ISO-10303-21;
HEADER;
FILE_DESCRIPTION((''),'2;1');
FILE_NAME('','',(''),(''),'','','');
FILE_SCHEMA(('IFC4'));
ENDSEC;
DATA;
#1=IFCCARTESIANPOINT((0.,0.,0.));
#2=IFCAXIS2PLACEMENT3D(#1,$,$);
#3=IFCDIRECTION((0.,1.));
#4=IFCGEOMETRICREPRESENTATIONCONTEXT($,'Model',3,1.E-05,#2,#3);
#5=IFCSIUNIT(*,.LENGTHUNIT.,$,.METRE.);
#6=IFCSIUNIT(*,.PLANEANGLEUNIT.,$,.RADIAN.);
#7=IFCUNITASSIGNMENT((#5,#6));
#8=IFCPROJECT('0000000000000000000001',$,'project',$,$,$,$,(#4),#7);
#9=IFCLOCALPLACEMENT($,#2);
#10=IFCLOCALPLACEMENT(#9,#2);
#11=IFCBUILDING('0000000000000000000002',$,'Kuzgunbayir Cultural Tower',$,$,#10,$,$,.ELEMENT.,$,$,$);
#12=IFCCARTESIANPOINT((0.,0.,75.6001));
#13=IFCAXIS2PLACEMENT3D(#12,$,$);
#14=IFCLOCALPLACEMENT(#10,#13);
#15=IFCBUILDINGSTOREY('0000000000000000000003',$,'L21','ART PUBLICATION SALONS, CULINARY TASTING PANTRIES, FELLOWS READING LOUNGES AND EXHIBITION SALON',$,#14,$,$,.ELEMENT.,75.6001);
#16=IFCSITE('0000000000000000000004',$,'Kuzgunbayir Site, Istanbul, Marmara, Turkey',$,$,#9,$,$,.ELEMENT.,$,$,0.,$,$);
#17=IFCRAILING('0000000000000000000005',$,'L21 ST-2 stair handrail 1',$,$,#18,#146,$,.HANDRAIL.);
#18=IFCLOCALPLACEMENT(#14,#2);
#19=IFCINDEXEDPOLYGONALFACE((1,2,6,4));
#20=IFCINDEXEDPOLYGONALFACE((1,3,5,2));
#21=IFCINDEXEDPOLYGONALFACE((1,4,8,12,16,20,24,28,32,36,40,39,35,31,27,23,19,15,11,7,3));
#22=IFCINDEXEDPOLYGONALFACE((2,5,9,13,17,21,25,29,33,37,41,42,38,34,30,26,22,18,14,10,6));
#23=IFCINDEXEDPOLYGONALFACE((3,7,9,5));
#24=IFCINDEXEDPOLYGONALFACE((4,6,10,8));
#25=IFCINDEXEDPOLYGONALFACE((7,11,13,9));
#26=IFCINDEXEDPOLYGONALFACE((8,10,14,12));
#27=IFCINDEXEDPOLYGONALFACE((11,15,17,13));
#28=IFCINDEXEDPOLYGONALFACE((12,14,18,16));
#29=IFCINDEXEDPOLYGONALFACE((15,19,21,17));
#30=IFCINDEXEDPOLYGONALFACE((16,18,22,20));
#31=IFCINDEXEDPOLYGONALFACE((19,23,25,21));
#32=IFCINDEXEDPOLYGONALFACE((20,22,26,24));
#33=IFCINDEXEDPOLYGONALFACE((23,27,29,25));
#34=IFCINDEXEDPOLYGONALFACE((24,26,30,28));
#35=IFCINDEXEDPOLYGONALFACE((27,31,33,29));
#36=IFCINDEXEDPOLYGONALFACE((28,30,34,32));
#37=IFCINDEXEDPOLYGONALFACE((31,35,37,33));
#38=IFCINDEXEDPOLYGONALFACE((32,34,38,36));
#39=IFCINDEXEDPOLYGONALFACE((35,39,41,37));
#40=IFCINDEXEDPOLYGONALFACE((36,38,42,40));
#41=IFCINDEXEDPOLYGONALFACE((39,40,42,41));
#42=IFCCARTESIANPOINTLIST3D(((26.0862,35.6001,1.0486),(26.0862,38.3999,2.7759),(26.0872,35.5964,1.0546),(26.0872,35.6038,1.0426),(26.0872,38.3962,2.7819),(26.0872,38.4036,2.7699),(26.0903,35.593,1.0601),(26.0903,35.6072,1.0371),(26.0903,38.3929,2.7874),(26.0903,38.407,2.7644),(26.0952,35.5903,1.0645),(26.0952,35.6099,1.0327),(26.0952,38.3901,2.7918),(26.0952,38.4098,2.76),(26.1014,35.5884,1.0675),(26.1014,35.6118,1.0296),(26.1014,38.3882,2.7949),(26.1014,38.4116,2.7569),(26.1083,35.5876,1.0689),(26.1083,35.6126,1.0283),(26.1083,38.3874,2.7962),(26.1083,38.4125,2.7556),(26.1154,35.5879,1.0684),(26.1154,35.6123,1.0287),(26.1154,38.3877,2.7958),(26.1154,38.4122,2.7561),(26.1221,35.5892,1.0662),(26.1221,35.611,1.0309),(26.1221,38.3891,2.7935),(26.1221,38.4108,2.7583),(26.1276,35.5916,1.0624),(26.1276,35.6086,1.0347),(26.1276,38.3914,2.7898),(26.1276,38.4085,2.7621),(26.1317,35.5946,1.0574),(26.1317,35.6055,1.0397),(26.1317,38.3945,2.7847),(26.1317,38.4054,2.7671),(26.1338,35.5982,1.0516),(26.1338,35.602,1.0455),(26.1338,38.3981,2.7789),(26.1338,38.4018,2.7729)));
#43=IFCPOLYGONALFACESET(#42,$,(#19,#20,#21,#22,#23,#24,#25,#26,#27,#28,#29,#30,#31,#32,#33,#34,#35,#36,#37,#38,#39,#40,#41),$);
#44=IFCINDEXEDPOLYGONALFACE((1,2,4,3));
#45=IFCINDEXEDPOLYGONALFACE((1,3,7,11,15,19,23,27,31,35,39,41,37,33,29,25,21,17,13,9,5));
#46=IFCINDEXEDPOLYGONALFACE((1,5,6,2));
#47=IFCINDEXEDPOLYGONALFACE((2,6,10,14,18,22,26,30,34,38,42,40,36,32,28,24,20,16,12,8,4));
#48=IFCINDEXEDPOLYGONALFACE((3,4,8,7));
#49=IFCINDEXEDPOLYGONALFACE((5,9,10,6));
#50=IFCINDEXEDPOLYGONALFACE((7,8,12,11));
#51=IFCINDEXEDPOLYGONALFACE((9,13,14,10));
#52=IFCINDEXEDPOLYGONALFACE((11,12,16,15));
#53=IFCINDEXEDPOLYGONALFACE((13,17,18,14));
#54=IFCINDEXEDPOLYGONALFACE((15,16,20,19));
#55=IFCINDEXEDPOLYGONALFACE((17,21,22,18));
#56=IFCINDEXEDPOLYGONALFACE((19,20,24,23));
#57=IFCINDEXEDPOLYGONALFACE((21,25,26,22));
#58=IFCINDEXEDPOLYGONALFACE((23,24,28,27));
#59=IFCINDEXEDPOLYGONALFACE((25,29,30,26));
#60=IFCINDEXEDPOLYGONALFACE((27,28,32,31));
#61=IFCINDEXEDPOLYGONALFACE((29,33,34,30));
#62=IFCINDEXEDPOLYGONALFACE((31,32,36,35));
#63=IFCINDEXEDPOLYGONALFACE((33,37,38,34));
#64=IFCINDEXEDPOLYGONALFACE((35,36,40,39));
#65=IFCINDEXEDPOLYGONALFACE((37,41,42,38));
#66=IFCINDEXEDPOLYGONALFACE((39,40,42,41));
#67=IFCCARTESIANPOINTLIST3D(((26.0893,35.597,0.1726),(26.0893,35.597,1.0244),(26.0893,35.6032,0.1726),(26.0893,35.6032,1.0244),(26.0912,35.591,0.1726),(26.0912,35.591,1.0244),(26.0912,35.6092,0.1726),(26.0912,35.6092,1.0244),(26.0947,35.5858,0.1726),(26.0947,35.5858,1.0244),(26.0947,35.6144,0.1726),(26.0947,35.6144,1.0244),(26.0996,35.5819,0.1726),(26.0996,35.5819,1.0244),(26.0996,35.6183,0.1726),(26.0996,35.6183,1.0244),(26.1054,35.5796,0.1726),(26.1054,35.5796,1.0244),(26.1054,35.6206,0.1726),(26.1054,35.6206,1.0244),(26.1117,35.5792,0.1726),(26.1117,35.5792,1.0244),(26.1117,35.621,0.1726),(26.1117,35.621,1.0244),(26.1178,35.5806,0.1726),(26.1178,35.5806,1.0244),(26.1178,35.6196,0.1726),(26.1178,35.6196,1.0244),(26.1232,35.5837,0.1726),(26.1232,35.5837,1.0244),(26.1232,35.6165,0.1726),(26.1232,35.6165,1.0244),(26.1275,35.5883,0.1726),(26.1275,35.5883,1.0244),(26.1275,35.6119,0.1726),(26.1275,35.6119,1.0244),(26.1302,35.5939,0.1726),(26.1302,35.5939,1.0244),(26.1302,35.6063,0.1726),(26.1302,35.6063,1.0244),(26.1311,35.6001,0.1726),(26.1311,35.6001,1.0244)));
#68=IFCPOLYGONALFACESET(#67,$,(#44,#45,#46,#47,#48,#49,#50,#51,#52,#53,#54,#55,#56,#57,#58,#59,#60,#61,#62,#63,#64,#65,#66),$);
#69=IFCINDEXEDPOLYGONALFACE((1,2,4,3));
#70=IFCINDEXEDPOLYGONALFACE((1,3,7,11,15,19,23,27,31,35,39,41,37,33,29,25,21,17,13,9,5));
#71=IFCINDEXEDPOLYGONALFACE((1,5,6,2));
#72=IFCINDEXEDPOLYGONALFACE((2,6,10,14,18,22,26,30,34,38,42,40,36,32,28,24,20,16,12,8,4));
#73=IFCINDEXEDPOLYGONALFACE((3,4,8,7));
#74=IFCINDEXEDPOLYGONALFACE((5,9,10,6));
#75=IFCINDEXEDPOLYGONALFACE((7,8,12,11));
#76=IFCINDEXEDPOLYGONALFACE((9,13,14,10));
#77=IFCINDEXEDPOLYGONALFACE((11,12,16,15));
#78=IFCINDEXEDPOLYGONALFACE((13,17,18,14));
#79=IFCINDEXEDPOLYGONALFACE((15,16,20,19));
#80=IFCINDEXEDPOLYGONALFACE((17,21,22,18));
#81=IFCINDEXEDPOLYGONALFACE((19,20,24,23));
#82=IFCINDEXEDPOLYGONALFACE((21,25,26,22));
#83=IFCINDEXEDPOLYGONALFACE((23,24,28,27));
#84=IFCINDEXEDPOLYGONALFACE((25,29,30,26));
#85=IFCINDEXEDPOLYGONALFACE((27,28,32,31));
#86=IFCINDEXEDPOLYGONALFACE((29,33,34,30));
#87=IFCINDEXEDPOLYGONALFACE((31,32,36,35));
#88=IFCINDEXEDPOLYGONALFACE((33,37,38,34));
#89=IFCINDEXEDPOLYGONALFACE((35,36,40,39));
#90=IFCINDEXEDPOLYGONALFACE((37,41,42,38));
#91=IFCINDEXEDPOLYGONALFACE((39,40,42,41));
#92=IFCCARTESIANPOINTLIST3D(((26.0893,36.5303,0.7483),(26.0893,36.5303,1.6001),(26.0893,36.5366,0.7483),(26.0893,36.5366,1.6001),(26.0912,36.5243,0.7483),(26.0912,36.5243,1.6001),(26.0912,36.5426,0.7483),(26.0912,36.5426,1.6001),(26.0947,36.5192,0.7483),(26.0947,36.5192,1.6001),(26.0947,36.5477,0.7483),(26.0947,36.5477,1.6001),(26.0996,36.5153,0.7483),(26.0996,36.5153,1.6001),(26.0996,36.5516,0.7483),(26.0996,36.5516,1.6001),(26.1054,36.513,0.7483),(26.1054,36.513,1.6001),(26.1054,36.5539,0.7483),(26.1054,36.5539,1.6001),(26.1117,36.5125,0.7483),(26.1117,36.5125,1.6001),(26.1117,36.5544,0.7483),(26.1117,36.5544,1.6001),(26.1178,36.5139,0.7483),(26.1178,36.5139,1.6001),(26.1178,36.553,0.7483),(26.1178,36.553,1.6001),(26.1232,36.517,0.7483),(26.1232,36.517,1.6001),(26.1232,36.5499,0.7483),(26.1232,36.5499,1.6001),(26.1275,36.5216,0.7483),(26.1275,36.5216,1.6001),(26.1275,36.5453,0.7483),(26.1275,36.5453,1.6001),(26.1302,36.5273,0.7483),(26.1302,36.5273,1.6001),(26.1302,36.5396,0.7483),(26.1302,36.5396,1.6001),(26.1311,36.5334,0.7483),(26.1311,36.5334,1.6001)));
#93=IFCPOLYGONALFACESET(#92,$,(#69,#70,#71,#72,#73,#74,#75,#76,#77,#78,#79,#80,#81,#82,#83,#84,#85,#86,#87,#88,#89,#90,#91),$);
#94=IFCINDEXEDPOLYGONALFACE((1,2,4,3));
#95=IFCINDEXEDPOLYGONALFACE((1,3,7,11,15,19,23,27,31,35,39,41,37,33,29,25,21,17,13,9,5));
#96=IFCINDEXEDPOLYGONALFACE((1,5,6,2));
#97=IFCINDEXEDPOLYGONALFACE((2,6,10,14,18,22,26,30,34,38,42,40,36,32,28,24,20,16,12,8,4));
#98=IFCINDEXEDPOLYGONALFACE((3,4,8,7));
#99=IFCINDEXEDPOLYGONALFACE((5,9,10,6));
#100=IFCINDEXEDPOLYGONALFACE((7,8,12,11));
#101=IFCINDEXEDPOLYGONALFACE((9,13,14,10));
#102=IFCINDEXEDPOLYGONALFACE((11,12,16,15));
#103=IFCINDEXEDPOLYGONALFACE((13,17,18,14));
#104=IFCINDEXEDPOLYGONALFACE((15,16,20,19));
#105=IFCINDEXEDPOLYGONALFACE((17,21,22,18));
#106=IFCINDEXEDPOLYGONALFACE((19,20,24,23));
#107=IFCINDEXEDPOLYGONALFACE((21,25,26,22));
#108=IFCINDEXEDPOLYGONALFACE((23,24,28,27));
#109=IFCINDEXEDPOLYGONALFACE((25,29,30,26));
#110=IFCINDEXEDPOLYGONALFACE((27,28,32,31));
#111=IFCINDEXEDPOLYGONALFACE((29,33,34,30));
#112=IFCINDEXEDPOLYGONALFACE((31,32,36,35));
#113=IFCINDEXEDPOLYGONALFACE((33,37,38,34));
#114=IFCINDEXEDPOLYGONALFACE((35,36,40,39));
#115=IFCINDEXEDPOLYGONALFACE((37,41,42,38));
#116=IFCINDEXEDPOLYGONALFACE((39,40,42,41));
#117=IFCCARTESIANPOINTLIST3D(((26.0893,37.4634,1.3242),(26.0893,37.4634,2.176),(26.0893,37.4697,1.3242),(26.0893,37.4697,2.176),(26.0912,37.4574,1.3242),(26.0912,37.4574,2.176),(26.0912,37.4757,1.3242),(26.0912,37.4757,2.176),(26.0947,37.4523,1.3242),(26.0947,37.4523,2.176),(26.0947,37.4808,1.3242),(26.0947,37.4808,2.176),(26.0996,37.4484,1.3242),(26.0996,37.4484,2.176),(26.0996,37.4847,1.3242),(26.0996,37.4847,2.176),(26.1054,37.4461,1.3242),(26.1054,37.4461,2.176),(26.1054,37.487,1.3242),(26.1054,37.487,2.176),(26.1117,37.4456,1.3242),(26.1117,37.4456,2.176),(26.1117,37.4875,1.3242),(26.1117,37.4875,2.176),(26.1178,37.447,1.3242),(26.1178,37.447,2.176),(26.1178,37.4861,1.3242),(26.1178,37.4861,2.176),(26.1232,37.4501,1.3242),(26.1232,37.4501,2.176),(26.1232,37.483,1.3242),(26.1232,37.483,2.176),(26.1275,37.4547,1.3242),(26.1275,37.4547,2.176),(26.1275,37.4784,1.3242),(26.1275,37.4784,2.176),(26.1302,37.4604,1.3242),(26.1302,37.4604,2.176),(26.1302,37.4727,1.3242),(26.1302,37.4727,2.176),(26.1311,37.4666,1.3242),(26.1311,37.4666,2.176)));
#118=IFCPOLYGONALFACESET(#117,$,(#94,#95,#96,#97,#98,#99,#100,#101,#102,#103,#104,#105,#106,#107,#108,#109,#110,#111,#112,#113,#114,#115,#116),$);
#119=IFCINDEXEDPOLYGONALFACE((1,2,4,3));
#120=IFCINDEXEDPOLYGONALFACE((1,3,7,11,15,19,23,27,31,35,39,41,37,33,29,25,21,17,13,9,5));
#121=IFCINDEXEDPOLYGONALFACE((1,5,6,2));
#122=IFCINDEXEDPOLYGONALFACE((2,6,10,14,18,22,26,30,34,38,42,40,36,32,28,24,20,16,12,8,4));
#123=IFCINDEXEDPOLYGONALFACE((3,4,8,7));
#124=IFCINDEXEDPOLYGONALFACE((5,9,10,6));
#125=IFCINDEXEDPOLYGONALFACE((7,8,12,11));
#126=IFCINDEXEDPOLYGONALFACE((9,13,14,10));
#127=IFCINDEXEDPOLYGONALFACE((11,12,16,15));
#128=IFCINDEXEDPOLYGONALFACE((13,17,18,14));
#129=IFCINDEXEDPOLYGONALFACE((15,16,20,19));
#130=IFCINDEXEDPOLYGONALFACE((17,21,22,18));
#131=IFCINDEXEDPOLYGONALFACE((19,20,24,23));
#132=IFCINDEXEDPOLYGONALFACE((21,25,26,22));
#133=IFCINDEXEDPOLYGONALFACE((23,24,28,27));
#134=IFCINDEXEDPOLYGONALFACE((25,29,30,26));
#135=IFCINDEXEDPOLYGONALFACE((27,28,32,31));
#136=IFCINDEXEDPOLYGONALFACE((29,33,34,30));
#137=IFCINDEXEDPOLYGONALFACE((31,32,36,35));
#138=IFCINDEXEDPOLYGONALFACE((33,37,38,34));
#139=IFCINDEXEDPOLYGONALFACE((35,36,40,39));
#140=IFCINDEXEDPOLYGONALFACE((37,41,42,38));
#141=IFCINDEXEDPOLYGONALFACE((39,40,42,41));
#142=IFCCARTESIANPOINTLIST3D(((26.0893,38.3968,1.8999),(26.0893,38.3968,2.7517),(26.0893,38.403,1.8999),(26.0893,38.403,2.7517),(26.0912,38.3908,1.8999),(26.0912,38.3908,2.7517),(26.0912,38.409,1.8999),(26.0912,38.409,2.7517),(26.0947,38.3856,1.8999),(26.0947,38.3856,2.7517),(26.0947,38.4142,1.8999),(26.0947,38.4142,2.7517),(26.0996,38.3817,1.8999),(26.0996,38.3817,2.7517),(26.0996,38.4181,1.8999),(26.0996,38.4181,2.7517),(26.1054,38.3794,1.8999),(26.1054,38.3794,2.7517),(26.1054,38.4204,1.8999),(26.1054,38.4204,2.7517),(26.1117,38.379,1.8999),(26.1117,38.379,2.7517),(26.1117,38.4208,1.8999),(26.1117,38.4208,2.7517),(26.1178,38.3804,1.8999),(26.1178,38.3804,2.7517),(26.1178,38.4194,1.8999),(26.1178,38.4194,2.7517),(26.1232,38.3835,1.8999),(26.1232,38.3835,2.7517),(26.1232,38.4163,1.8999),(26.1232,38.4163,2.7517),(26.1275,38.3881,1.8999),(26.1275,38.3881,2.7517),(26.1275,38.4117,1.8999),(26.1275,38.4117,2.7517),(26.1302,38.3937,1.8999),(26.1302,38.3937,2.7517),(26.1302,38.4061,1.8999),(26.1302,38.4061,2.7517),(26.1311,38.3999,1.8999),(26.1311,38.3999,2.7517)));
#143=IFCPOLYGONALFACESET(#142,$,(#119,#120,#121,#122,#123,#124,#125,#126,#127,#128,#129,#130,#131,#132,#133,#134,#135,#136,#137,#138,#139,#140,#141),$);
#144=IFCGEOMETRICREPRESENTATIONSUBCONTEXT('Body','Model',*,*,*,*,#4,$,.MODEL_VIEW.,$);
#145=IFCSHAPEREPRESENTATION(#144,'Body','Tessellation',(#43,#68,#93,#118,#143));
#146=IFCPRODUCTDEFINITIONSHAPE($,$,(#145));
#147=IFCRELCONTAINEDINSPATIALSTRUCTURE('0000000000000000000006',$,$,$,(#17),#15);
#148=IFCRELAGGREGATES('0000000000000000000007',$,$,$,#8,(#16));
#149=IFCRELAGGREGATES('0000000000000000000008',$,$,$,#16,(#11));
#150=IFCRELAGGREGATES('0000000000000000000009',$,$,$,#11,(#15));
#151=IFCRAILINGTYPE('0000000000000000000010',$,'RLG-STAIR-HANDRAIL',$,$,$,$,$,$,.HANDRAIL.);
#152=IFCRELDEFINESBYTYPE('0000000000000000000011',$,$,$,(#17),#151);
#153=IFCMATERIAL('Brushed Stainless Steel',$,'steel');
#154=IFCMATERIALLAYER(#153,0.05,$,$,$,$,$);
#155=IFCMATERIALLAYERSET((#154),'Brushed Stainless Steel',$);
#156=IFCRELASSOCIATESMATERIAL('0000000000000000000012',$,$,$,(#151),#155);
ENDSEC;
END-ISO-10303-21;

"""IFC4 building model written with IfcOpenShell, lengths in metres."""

from ifc_helpers import new_model, si_unit, direction, frame, origin, origin_2d, place, context, subcontext, project, spatial, circle, extrude, material, layer, layer_set, type_object, element, save


model = new_model("IFC4")

# Units and contexts
model_context = context("Model", 3, precision=1e-05, world=origin(), true_north=direction((0.0, 1.0)))
body_context = subcontext(model_context, "Body", "Model", "MODEL_VIEW")
ifc_project = project(units=[si_unit("LENGTHUNIT", "METRE"), si_unit("PLANEANGLEUNIT", "RADIAN")], contexts=[model_context])

# Site, building, storey
site_placement = place(None, origin())
site = spatial("IfcSite", under=ifc_project, at=site_placement, Name="Kuzgunbayir Site, Istanbul, Marmara, Turkey", CompositionType="ELEMENT", RefElevation=0.0)
building_placement = place(site_placement, origin())
building = spatial("IfcBuilding", under=site, at=building_placement, Name="Kuzgunbayir Cultural Tower", CompositionType="ELEMENT")
storey_placement = place(building_placement, frame((0.0, 0.0, 75.6001)))
storey = spatial("IfcBuildingStorey", under=building, at=storey_placement, Name="L21", Description="ART PUBLICATION SALONS, CULINARY TASTING PANTRIES, FELLOWS READING LOUNGES AND EXHIBITION SALON", CompositionType="ELEMENT", Elevation=75.6001)

# Railing
ifc_material_1 = material(Name="Brushed Stainless Steel", Category="steel")
ifc_layer_1 = layer(ifc_material_1, 0.05)
ifc_layer_set_1 = layer_set([ifc_layer_1], Name="Brushed Stainless Steel")
railing_type_1 = type_object("IfcRailingType", Name="RLG-STAIR-HANDRAIL", PredefinedType="HANDRAIL", material=ifc_layer_set_1)
railing_1_placement = place(storey_placement, frame((26.1101, 35.6001, 0.1726)))
element("IfcRailing", 1, at=railing_1_placement, inside=storey, type_object=railing_type_1, Name="L21 ST-2 stair handrail 1", PredefinedType="HANDRAIL", context=body_context, shape_type="SweptSolid", body=[
    extrude(circle(Radius=0.0239, at=origin_2d()), frame((0.0, 0.0, 0.876), z_axis=(0.0, 0.851069, 0.525054), x_axis=(-1.0, 0.0, 0.0)), (0.0, 0.0, 1.0), 3.2898),
    extrude(circle(Radius=0.021, at=origin_2d()), origin(), (0.0, 0.0, 1.0), 0.8518),
    extrude(circle(Radius=0.021, at=origin_2d()), frame((0.0, 0.9333, 0.5757)), (0.0, 0.0, 1.0), 0.8518),
    extrude(circle(Radius=0.021, at=origin_2d()), frame((0.0, 1.8665, 1.1516)), (0.0, 0.0, 1.0), 0.8518),
    extrude(circle(Radius=0.021, at=origin_2d()), frame((0.0, 2.7998, 1.7273)), (0.0, 0.0, 1.0), 0.8518),
])

save(model, "model.ifc")
